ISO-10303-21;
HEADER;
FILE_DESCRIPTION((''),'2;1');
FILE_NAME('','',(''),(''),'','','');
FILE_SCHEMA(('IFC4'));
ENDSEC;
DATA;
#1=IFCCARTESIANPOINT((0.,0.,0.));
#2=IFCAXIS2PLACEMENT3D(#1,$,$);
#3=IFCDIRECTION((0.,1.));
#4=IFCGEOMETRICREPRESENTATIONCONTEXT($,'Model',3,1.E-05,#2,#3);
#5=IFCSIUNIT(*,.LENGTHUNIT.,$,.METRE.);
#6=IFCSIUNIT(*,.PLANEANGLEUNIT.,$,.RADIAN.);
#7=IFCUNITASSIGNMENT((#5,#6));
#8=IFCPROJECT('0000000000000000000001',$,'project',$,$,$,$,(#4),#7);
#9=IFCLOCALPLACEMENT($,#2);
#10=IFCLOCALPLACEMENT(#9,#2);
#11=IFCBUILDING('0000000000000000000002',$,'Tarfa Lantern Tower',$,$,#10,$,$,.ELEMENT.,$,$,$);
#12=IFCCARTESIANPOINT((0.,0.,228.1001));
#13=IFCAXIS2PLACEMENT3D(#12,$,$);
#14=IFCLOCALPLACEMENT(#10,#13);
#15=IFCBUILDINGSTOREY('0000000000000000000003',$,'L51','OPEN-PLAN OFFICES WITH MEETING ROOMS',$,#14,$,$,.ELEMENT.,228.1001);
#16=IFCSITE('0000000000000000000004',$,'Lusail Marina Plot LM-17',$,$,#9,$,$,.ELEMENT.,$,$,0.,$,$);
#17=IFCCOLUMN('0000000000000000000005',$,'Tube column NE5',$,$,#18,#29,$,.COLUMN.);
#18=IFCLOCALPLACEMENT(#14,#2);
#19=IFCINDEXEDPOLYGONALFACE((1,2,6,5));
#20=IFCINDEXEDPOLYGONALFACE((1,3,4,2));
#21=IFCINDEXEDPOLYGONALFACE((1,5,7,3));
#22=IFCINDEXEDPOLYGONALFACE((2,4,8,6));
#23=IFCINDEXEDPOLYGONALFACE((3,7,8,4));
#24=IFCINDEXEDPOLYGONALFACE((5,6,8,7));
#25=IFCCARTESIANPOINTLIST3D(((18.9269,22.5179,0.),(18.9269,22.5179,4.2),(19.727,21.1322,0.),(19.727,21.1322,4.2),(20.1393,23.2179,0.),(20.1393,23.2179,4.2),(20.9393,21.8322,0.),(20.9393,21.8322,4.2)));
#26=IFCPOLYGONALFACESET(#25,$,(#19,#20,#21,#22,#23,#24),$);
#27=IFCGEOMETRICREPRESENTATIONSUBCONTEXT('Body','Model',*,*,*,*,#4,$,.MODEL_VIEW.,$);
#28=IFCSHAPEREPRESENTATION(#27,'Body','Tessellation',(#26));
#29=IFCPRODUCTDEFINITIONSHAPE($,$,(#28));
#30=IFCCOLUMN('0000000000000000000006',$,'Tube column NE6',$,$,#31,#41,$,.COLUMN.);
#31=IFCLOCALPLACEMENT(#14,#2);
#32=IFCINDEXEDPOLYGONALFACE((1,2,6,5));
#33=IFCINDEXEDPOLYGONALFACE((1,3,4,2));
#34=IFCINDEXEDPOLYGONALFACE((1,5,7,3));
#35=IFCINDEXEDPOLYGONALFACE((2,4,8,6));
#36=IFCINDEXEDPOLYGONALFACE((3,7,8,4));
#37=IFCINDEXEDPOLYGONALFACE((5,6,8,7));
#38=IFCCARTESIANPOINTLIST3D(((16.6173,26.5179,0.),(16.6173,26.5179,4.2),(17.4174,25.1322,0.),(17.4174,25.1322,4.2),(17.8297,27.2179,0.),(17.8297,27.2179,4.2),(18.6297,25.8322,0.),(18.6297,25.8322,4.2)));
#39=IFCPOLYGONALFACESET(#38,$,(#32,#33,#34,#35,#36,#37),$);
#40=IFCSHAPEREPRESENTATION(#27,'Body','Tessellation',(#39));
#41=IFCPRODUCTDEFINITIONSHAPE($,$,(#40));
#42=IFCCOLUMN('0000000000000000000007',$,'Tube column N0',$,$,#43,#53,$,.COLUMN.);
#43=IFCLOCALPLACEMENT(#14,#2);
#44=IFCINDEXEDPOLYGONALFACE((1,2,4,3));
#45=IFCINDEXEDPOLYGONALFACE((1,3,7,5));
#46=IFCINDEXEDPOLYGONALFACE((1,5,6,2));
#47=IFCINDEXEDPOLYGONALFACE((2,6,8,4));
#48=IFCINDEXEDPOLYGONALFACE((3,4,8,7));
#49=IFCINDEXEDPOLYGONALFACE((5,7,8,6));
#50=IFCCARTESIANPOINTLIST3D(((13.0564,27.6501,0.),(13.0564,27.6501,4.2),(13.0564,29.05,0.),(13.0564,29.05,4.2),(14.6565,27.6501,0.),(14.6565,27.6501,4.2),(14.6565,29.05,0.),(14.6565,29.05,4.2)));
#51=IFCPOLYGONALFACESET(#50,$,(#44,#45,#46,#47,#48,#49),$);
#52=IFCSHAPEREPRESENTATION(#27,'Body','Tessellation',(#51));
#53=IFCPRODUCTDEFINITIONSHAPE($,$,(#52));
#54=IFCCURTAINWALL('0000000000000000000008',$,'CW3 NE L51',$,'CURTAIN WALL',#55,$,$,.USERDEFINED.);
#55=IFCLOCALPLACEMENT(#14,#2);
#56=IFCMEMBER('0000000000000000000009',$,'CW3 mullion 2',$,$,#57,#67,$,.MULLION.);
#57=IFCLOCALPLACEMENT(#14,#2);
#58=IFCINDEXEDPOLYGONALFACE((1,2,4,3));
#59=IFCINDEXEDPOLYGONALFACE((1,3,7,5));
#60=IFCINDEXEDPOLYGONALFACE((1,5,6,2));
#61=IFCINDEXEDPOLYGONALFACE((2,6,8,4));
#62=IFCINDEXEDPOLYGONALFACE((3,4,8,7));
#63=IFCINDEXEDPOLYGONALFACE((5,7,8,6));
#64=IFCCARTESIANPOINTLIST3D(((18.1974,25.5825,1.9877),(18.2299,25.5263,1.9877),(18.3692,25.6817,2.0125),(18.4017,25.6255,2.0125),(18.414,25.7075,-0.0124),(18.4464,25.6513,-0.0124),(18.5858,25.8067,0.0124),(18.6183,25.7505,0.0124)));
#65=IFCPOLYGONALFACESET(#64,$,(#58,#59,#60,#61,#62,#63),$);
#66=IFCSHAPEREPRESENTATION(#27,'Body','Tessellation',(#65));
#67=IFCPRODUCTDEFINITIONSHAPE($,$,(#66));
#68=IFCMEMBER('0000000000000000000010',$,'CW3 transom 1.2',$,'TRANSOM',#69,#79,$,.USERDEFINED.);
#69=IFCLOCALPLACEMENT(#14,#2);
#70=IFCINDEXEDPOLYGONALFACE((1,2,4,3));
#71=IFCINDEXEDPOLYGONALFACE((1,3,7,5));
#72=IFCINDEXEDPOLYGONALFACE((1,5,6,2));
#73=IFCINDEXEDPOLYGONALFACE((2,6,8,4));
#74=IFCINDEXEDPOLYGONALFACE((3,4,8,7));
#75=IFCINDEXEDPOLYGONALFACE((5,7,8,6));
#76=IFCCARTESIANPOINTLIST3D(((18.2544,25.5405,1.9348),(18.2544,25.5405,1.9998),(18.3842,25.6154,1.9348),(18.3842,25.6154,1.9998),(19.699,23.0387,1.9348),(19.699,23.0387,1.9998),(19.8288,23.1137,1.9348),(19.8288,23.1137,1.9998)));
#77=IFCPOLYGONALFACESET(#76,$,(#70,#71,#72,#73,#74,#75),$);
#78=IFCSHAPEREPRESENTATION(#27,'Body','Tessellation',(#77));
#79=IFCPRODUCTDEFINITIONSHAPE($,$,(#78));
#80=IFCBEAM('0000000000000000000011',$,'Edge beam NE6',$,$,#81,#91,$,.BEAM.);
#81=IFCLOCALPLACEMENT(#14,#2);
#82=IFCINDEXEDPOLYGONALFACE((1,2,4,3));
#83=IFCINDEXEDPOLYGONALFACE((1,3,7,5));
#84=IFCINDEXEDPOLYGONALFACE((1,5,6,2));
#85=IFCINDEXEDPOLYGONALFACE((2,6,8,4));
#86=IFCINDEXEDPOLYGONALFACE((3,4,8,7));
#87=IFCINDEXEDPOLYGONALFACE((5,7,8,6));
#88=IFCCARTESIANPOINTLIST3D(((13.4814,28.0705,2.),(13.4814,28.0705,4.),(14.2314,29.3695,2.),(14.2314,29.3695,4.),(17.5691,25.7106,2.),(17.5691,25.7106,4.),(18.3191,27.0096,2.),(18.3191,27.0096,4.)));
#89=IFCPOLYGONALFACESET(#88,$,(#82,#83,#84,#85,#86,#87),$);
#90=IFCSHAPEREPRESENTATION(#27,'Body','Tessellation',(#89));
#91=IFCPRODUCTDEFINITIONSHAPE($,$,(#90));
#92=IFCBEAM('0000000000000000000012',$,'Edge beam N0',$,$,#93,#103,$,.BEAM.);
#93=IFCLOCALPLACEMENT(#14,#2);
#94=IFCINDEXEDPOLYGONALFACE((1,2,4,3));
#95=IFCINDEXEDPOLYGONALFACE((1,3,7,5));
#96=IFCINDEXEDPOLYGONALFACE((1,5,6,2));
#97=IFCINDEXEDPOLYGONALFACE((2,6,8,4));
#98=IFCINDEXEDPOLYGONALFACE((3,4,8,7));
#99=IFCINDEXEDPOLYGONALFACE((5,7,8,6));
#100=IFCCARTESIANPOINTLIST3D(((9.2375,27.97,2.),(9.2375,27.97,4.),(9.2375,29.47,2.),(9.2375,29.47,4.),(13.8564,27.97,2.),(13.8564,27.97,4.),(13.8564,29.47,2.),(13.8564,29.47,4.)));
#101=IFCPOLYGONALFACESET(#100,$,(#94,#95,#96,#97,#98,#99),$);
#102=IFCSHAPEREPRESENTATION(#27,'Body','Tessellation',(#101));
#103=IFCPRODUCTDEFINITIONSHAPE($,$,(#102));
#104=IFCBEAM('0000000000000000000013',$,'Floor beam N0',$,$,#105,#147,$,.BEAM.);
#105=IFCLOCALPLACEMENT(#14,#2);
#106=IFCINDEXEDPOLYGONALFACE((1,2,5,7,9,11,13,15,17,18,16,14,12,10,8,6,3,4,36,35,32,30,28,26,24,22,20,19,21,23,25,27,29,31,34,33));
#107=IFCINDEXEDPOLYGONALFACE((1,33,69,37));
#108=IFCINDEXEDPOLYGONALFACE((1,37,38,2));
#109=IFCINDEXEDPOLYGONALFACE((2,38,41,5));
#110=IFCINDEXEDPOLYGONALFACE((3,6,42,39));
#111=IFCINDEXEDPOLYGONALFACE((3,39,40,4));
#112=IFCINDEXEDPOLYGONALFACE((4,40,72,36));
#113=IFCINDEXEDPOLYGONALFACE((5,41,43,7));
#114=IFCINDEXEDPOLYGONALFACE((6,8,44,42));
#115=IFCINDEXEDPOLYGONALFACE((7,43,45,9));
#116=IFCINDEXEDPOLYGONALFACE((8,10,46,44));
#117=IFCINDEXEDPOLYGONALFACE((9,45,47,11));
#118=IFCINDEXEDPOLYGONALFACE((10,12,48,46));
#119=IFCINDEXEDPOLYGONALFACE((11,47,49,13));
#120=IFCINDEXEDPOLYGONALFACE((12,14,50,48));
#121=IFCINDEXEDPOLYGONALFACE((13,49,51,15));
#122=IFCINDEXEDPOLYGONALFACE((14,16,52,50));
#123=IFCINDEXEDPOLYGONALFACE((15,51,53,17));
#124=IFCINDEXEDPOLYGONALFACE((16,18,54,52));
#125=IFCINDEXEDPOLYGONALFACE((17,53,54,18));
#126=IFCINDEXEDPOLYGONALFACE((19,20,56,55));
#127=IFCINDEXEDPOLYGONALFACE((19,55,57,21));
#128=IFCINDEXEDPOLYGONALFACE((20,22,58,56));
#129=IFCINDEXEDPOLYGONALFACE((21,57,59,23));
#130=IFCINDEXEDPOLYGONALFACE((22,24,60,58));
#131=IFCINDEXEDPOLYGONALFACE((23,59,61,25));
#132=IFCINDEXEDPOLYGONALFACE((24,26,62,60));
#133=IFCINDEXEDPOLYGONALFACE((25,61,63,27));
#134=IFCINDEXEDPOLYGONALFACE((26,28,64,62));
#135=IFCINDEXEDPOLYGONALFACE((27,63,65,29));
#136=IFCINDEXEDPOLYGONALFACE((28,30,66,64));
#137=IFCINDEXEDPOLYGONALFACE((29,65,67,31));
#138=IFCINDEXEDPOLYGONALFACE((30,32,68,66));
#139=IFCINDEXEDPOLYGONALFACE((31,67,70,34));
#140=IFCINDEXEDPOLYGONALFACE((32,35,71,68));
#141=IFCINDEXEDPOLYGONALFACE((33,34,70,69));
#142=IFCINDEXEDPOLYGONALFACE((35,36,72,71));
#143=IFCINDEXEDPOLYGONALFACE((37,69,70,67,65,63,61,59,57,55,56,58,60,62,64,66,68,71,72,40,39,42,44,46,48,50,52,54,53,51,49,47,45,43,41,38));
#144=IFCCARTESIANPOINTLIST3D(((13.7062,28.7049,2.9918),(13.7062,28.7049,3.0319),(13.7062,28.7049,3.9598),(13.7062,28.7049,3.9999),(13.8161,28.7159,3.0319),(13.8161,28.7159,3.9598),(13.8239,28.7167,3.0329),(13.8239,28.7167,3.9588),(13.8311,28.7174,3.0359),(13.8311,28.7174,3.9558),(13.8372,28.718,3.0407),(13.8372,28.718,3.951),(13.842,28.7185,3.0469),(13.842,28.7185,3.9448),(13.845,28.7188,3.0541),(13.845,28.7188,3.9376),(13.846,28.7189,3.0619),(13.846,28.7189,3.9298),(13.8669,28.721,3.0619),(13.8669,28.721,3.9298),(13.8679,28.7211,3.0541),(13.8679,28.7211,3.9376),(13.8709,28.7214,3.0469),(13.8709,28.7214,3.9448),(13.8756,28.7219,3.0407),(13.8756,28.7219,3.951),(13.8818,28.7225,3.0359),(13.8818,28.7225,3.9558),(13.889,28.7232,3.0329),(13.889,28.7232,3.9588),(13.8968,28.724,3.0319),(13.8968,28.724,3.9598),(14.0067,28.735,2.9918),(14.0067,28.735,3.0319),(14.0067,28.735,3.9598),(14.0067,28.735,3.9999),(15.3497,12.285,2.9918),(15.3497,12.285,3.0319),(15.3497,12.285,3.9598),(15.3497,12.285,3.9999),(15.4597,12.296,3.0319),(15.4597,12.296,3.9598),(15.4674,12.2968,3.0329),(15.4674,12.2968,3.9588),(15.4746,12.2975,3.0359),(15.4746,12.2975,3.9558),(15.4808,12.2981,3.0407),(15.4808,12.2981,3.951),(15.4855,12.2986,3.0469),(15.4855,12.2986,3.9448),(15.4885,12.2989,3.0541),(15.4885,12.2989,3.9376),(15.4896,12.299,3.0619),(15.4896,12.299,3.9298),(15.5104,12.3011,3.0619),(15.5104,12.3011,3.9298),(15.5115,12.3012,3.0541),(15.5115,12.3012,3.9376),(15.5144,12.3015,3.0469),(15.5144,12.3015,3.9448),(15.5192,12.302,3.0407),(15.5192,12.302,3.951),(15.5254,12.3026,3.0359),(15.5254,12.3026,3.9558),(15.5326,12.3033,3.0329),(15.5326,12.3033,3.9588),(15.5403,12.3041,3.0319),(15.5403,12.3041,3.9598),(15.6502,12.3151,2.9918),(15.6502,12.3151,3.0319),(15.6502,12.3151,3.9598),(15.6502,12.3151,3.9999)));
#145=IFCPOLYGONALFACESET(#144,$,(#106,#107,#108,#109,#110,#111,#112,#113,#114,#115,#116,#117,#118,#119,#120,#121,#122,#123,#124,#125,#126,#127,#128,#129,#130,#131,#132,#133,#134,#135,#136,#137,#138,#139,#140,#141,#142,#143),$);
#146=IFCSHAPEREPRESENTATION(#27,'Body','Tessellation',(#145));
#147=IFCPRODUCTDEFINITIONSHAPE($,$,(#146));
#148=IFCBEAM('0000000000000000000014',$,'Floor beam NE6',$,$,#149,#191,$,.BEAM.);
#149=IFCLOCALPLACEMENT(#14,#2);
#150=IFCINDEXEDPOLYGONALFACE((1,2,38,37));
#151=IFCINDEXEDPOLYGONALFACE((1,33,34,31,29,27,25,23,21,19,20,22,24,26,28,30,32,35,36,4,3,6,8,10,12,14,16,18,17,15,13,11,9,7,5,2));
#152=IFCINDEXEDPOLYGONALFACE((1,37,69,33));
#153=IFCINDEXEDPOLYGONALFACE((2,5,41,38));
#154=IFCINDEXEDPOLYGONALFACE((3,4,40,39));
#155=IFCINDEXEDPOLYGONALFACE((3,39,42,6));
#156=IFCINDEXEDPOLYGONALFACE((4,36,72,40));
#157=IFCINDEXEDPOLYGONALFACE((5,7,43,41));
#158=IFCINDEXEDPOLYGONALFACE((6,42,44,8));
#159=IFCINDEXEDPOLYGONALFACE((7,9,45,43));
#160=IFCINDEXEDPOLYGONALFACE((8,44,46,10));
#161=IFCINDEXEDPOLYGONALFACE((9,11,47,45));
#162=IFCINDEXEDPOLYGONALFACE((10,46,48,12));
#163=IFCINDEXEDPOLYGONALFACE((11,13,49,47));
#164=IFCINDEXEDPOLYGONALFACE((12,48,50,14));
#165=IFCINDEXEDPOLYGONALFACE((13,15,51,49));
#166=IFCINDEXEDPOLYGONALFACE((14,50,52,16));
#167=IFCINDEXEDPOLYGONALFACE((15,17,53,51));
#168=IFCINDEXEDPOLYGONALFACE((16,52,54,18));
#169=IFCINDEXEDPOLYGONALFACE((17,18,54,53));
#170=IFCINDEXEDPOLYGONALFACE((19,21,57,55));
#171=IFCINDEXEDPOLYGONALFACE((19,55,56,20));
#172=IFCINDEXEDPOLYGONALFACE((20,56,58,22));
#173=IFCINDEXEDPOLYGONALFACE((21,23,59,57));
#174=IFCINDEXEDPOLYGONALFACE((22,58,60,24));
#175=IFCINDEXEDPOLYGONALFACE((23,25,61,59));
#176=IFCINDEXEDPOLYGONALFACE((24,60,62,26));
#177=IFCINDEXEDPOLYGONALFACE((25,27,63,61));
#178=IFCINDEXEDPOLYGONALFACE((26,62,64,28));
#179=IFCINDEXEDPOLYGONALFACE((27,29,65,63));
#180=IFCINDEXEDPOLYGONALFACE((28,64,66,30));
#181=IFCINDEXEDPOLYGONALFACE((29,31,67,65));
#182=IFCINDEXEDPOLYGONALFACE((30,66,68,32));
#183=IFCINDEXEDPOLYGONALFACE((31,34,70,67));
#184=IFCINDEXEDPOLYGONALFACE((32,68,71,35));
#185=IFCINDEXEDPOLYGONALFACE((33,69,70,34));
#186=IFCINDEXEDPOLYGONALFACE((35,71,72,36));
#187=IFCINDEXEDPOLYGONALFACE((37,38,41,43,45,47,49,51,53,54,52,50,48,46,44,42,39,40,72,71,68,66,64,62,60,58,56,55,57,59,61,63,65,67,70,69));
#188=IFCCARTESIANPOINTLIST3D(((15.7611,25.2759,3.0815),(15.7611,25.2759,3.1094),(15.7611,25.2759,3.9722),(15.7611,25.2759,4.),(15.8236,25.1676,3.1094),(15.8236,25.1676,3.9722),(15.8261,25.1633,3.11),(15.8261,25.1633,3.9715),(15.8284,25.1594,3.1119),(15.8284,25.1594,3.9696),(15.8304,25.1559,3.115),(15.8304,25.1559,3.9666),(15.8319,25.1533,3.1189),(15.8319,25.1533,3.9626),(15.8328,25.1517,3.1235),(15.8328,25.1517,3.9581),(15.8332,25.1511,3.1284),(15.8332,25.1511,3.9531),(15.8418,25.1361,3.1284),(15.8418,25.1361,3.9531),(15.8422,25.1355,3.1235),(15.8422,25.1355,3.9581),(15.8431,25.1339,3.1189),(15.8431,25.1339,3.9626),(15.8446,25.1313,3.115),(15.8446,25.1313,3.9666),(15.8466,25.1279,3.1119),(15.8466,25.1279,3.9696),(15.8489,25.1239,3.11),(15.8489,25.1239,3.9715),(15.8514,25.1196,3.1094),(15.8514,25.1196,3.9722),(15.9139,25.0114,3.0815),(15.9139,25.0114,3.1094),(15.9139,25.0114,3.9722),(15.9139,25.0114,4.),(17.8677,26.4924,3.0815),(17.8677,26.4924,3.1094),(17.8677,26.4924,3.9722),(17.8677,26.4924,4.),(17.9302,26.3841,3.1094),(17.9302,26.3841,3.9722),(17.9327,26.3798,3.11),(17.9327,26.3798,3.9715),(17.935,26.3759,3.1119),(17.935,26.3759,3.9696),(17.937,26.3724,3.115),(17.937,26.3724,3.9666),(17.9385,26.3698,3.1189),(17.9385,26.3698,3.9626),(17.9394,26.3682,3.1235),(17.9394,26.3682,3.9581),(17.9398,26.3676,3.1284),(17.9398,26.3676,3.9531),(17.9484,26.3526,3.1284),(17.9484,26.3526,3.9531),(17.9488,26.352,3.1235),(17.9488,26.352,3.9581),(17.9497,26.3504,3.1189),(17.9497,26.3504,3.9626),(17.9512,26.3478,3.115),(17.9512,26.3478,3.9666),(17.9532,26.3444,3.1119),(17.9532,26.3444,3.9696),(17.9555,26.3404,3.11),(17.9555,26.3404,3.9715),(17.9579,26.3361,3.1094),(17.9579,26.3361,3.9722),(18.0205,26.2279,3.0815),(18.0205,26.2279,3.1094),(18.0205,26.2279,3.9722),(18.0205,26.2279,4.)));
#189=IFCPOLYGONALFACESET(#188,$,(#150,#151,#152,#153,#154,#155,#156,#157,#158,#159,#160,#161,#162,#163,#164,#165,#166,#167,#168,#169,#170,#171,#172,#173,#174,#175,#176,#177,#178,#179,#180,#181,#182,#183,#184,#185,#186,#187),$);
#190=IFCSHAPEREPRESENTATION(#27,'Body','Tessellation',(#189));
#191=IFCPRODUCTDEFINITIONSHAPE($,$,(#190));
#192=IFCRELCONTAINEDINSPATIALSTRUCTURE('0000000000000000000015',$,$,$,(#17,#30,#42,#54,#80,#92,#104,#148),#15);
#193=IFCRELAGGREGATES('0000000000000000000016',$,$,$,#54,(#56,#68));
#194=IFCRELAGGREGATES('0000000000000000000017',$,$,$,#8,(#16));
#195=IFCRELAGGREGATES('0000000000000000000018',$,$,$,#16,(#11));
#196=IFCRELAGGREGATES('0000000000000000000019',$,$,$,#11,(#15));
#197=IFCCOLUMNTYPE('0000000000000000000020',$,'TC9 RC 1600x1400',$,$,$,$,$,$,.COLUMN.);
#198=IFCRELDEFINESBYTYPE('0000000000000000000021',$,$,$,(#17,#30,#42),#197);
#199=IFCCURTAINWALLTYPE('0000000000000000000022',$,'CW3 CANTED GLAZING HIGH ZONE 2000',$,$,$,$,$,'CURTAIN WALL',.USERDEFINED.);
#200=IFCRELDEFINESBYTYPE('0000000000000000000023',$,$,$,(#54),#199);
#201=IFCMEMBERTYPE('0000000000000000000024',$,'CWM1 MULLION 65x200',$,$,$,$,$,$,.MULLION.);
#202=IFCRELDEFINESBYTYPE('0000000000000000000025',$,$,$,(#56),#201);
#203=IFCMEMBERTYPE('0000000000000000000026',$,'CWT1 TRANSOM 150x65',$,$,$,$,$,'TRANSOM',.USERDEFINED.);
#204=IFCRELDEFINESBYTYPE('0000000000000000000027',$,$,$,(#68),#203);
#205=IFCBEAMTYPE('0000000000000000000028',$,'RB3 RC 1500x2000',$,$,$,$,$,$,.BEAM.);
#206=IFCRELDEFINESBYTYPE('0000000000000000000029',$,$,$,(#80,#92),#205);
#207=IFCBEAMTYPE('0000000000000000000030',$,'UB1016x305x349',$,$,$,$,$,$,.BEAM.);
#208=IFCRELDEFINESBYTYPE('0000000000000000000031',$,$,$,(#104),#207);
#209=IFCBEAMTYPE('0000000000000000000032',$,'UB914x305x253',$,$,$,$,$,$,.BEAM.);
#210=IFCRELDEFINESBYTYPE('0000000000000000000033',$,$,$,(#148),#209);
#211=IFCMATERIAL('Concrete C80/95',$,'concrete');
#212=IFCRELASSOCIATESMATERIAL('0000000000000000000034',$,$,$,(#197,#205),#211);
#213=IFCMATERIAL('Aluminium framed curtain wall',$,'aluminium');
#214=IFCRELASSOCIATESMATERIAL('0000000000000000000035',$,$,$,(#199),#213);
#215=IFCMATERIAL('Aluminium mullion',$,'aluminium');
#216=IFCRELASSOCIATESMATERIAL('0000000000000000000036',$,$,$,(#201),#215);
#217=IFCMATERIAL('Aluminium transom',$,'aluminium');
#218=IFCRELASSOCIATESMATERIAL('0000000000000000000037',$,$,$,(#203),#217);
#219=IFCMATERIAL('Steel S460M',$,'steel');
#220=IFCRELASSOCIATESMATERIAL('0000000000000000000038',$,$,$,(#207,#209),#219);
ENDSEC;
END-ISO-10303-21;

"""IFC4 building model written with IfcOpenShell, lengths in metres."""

from ifc_helpers import new_model, si_unit, direction, frame, origin, origin_2d, place, context, subcontext, project, spatial, rectangle, i_section, extrude, material, material_profile, profile_set, type_object, element, aggregate, save


model = new_model("IFC4")

# Units and contexts
model_context = context("Model", 3, precision=1e-05, world=origin(), true_north=direction((0.0, 1.0)))
body_context = subcontext(model_context, "Body", "Model", "MODEL_VIEW")
ifc_project = project(units=[si_unit("LENGTHUNIT", "METRE"), si_unit("PLANEANGLEUNIT", "RADIAN")], contexts=[model_context])

# Site, building, storey
site_placement = place(None, origin())
site = spatial("IfcSite", under=ifc_project, at=site_placement, Name="Lusail Marina Plot LM-17", CompositionType="ELEMENT", RefElevation=0.0)
building_placement = place(site_placement, origin())
building = spatial("IfcBuilding", under=site, at=building_placement, Name="Tarfa Lantern Tower", CompositionType="ELEMENT")
storey_placement = place(building_placement, frame((0.0, 0.0, 228.1001)))
storey = spatial("IfcBuildingStorey", under=building, at=storey_placement, Name="L51", Description="OPEN-PLAN OFFICES WITH MEETING ROOMS", CompositionType="ELEMENT", Elevation=228.1001)

# Columns
ifc_material_1 = material(Name="Concrete C80/95", Category="concrete")
ifc_material_profile_1 = material_profile(ifc_material_1, rectangle(XDim=1.6001, YDim=1.3999, at=origin_2d()), Name="RC 1600x1400")
ifc_profile_set_1 = profile_set([ifc_material_profile_1], Name="Concrete C80/95")
column_type = type_object("IfcColumnType", Name="TC9 RC 1600x1400", PredefinedType="COLUMN", material=ifc_profile_set_1)
for number, where, z_axis, x_axis, name in (
    (1, (19.9331, 22.175, 0.0), (0.0, 0.0, 1.0), (-0.5, 0.866025, 0.0), "Tube column NE5"),
    (2, (17.6235, 26.175, 0.0), (0.0, 0.0, 1.0), (-0.5, 0.866025, 0.0), "Tube column NE6"),
    (3, (13.8564, 28.3501, 0.0), (0.0, 0.0, 1.0), (-1.0, 0.0, 0.0), "Tube column N0"),
):
    element("IfcColumn", number, at=place(storey_placement, frame(where, z_axis=z_axis, x_axis=x_axis)), inside=storey, type_object=column_type, Name=name, PredefinedType="COLUMN", context=body_context, shape_type="SweptSolid", body=[
        extrude(rectangle(XDim=1.6001, YDim=1.3999, at=origin_2d()), origin(), (0.0, 0.0, 1.0), 4.2),
    ])

# Curtain wall, members
ifc_material_2 = material(Name="Aluminium framed curtain wall", Category="aluminium")
curtain_wall_type = type_object("IfcCurtainWallType", Name="CW3 CANTED GLAZING HIGH ZONE 2000", ElementType="CURTAIN WALL", PredefinedType="USERDEFINED", material=ifc_material_2)
curtain_wall_placement = place(storey_placement, origin())
curtain_wall = element("IfcCurtainWall", 4, at=curtain_wall_placement, inside=storey, type_object=curtain_wall_type, Name="CW3 NE L51", ObjectType="CURTAIN WALL", PredefinedType="USERDEFINED")
ifc_material_3 = material(Name="Aluminium mullion", Category="aluminium")
ifc_material_profile_2 = material_profile(ifc_material_3, rectangle(XDim=0.0649, YDim=0.2, at=origin_2d()), Name="AL MULLION 65x200")
ifc_profile_set_2 = profile_set([ifc_material_profile_2], Name="Aluminium mullion")
member_type_1 = type_object("IfcMemberType", Name="CWM1 MULLION 65x200", PredefinedType="MULLION", material=ifc_profile_set_2)
member_1_placement = place(storey_placement, frame((18.5161, 25.729, 0.0), z_axis=(-0.10744, -0.062017, 0.992275), x_axis=(0.49992, -0.866072, 0.0)))
member_1 = element("IfcMember", 5, at=member_1_placement, type_object=member_type_1, Name="CW3 mullion 2", PredefinedType="MULLION", context=body_context, shape_type="SweptSolid", body=[
    extrude(rectangle(XDim=0.0649, YDim=0.2, at=origin_2d()), origin(), (0.0, 0.0, 1.0), 2.0156),
])
ifc_material_4 = material(Name="Aluminium transom", Category="aluminium")
ifc_material_profile_3 = material_profile(ifc_material_4, rectangle(XDim=0.1499, YDim=0.0649, at=origin_2d()), Name="AL TRANSOM 150x65")
ifc_profile_set_3 = profile_set([ifc_material_profile_3], Name="Aluminium transom")
member_type_2 = type_object("IfcMemberType", Name="CWT1 TRANSOM 150x65", ElementType="TRANSOM", PredefinedType="USERDEFINED", material=ifc_profile_set_3)
member_2_placement = place(storey_placement, frame((19.7639, 23.0762, 1.9673), z_axis=(-0.500057, 0.865993, 0.0), x_axis=(-0.865993, -0.500057, 0.0)))
member_2 = element("IfcMember", 6, at=member_2_placement, type_object=member_type_2, Name="CW3 transom 1.2", ObjectType="TRANSOM", PredefinedType="USERDEFINED", context=body_context, shape_type="SweptSolid", body=[
    extrude(rectangle(XDim=0.1499, YDim=0.0649, at=origin_2d()), origin(), (0.0, 0.0, 1.0), 2.8889),
])
aggregate(curtain_wall, [member_1, member_2])

# Beams
ifc_material_profile_4 = material_profile(ifc_material_1, rectangle(XDim=1.5, YDim=2.0, at=origin_2d()), Name="RC 1500x2000")
ifc_profile_set_4 = profile_set([ifc_material_profile_4], Name="Concrete C80/95")
beam_type_1 = type_object("IfcBeamType", Name="RB3 RC 1500x2000", PredefinedType="BEAM", material=ifc_profile_set_4)
beam_1_placement = place(storey_placement, frame((17.9441, 26.3601, 3.0), z_axis=(-0.866038, 0.499978, 0.0), x_axis=(-0.499978, -0.866038, 0.0)))
element("IfcBeam", 7, at=beam_1_placement, inside=storey, type_object=beam_type_1, Name="Edge beam NE6", PredefinedType="BEAM", context=body_context, shape_type="SweptSolid", body=[
    extrude(rectangle(XDim=1.5, YDim=2.0, at=origin_2d()), origin(), (0.0, 0.0, 1.0), 4.72),
])
beam_2_placement = place(storey_placement, frame((13.8564, 28.72, 3.0), z_axis=(-1.0, 0.0, 0.0), x_axis=(0.0, -1.0, 0.0)))
element("IfcBeam", 8, at=beam_2_placement, inside=storey, type_object=beam_type_1, Name="Edge beam N0", PredefinedType="BEAM", context=body_context, shape_type="SweptSolid", body=[
    extrude(rectangle(XDim=1.5, YDim=2.0, at=origin_2d()), origin(), (0.0, 0.0, 1.0), 4.6189),
])
ifc_material_5 = material(Name="Steel S460M", Category="steel")
ifc_material_profile_5 = material_profile(ifc_material_5, i_section(OverallWidth=0.302, OverallDepth=1.0081, WebThickness=0.021, FlangeThickness=0.04, FilletRadius=0.03, at=origin_2d()), Name="UB1016x305x349")
ifc_profile_set_5 = profile_set([ifc_material_profile_5], Name="Steel S460M")
beam_type_2 = type_object("IfcBeamType", Name="UB1016x305x349", PredefinedType="BEAM", material=ifc_profile_set_5)
beam_3_placement = place(storey_placement, frame((13.8564, 28.72, 3.4958), z_axis=(0.099597, -0.995028, 0.0), x_axis=(0.995028, 0.099597, 0.0)))
element("IfcBeam", 9, at=beam_3_placement, inside=storey, type_object=beam_type_2, Name="Floor beam N0", PredefinedType="BEAM", context=body_context, shape_type="SweptSolid", body=[
    extrude(i_section(OverallWidth=0.302, OverallDepth=1.0081, WebThickness=0.021, FlangeThickness=0.04, FilletRadius=0.03, at=origin_2d()), origin(), (0.0, 0.0, 1.0), 16.502),
])
ifc_material_profile_6 = material_profile(ifc_material_5, i_section(OverallWidth=0.3054, OverallDepth=0.9185, WebThickness=0.0173, FlangeThickness=0.0278, FilletRadius=0.019, at=origin_2d()), Name="UB914x305x253")
ifc_profile_set_6 = profile_set([ifc_material_profile_6], Name="Steel S460M")
beam_type_3 = type_object("IfcBeamType", Name="UB914x305x253", PredefinedType="BEAM", material=ifc_profile_set_6)
beam_4_placement = place(storey_placement, frame((17.9441, 26.3601, 3.5408), z_axis=(-0.86598, -0.500079, 0.0), x_axis=(0.500079, -0.86598, 0.0)))
element("IfcBeam", 10, at=beam_4_placement, inside=storey, type_object=beam_type_3, Name="Floor beam NE6", PredefinedType="BEAM", context=body_context, shape_type="SweptSolid", body=[
    extrude(i_section(OverallWidth=0.3054, OverallDepth=0.9185, WebThickness=0.0173, FlangeThickness=0.0278, FilletRadius=0.019, at=origin_2d()), origin(), (0.0, 0.0, 1.0), 2.4326),
])

save(model, "model.ifc")
